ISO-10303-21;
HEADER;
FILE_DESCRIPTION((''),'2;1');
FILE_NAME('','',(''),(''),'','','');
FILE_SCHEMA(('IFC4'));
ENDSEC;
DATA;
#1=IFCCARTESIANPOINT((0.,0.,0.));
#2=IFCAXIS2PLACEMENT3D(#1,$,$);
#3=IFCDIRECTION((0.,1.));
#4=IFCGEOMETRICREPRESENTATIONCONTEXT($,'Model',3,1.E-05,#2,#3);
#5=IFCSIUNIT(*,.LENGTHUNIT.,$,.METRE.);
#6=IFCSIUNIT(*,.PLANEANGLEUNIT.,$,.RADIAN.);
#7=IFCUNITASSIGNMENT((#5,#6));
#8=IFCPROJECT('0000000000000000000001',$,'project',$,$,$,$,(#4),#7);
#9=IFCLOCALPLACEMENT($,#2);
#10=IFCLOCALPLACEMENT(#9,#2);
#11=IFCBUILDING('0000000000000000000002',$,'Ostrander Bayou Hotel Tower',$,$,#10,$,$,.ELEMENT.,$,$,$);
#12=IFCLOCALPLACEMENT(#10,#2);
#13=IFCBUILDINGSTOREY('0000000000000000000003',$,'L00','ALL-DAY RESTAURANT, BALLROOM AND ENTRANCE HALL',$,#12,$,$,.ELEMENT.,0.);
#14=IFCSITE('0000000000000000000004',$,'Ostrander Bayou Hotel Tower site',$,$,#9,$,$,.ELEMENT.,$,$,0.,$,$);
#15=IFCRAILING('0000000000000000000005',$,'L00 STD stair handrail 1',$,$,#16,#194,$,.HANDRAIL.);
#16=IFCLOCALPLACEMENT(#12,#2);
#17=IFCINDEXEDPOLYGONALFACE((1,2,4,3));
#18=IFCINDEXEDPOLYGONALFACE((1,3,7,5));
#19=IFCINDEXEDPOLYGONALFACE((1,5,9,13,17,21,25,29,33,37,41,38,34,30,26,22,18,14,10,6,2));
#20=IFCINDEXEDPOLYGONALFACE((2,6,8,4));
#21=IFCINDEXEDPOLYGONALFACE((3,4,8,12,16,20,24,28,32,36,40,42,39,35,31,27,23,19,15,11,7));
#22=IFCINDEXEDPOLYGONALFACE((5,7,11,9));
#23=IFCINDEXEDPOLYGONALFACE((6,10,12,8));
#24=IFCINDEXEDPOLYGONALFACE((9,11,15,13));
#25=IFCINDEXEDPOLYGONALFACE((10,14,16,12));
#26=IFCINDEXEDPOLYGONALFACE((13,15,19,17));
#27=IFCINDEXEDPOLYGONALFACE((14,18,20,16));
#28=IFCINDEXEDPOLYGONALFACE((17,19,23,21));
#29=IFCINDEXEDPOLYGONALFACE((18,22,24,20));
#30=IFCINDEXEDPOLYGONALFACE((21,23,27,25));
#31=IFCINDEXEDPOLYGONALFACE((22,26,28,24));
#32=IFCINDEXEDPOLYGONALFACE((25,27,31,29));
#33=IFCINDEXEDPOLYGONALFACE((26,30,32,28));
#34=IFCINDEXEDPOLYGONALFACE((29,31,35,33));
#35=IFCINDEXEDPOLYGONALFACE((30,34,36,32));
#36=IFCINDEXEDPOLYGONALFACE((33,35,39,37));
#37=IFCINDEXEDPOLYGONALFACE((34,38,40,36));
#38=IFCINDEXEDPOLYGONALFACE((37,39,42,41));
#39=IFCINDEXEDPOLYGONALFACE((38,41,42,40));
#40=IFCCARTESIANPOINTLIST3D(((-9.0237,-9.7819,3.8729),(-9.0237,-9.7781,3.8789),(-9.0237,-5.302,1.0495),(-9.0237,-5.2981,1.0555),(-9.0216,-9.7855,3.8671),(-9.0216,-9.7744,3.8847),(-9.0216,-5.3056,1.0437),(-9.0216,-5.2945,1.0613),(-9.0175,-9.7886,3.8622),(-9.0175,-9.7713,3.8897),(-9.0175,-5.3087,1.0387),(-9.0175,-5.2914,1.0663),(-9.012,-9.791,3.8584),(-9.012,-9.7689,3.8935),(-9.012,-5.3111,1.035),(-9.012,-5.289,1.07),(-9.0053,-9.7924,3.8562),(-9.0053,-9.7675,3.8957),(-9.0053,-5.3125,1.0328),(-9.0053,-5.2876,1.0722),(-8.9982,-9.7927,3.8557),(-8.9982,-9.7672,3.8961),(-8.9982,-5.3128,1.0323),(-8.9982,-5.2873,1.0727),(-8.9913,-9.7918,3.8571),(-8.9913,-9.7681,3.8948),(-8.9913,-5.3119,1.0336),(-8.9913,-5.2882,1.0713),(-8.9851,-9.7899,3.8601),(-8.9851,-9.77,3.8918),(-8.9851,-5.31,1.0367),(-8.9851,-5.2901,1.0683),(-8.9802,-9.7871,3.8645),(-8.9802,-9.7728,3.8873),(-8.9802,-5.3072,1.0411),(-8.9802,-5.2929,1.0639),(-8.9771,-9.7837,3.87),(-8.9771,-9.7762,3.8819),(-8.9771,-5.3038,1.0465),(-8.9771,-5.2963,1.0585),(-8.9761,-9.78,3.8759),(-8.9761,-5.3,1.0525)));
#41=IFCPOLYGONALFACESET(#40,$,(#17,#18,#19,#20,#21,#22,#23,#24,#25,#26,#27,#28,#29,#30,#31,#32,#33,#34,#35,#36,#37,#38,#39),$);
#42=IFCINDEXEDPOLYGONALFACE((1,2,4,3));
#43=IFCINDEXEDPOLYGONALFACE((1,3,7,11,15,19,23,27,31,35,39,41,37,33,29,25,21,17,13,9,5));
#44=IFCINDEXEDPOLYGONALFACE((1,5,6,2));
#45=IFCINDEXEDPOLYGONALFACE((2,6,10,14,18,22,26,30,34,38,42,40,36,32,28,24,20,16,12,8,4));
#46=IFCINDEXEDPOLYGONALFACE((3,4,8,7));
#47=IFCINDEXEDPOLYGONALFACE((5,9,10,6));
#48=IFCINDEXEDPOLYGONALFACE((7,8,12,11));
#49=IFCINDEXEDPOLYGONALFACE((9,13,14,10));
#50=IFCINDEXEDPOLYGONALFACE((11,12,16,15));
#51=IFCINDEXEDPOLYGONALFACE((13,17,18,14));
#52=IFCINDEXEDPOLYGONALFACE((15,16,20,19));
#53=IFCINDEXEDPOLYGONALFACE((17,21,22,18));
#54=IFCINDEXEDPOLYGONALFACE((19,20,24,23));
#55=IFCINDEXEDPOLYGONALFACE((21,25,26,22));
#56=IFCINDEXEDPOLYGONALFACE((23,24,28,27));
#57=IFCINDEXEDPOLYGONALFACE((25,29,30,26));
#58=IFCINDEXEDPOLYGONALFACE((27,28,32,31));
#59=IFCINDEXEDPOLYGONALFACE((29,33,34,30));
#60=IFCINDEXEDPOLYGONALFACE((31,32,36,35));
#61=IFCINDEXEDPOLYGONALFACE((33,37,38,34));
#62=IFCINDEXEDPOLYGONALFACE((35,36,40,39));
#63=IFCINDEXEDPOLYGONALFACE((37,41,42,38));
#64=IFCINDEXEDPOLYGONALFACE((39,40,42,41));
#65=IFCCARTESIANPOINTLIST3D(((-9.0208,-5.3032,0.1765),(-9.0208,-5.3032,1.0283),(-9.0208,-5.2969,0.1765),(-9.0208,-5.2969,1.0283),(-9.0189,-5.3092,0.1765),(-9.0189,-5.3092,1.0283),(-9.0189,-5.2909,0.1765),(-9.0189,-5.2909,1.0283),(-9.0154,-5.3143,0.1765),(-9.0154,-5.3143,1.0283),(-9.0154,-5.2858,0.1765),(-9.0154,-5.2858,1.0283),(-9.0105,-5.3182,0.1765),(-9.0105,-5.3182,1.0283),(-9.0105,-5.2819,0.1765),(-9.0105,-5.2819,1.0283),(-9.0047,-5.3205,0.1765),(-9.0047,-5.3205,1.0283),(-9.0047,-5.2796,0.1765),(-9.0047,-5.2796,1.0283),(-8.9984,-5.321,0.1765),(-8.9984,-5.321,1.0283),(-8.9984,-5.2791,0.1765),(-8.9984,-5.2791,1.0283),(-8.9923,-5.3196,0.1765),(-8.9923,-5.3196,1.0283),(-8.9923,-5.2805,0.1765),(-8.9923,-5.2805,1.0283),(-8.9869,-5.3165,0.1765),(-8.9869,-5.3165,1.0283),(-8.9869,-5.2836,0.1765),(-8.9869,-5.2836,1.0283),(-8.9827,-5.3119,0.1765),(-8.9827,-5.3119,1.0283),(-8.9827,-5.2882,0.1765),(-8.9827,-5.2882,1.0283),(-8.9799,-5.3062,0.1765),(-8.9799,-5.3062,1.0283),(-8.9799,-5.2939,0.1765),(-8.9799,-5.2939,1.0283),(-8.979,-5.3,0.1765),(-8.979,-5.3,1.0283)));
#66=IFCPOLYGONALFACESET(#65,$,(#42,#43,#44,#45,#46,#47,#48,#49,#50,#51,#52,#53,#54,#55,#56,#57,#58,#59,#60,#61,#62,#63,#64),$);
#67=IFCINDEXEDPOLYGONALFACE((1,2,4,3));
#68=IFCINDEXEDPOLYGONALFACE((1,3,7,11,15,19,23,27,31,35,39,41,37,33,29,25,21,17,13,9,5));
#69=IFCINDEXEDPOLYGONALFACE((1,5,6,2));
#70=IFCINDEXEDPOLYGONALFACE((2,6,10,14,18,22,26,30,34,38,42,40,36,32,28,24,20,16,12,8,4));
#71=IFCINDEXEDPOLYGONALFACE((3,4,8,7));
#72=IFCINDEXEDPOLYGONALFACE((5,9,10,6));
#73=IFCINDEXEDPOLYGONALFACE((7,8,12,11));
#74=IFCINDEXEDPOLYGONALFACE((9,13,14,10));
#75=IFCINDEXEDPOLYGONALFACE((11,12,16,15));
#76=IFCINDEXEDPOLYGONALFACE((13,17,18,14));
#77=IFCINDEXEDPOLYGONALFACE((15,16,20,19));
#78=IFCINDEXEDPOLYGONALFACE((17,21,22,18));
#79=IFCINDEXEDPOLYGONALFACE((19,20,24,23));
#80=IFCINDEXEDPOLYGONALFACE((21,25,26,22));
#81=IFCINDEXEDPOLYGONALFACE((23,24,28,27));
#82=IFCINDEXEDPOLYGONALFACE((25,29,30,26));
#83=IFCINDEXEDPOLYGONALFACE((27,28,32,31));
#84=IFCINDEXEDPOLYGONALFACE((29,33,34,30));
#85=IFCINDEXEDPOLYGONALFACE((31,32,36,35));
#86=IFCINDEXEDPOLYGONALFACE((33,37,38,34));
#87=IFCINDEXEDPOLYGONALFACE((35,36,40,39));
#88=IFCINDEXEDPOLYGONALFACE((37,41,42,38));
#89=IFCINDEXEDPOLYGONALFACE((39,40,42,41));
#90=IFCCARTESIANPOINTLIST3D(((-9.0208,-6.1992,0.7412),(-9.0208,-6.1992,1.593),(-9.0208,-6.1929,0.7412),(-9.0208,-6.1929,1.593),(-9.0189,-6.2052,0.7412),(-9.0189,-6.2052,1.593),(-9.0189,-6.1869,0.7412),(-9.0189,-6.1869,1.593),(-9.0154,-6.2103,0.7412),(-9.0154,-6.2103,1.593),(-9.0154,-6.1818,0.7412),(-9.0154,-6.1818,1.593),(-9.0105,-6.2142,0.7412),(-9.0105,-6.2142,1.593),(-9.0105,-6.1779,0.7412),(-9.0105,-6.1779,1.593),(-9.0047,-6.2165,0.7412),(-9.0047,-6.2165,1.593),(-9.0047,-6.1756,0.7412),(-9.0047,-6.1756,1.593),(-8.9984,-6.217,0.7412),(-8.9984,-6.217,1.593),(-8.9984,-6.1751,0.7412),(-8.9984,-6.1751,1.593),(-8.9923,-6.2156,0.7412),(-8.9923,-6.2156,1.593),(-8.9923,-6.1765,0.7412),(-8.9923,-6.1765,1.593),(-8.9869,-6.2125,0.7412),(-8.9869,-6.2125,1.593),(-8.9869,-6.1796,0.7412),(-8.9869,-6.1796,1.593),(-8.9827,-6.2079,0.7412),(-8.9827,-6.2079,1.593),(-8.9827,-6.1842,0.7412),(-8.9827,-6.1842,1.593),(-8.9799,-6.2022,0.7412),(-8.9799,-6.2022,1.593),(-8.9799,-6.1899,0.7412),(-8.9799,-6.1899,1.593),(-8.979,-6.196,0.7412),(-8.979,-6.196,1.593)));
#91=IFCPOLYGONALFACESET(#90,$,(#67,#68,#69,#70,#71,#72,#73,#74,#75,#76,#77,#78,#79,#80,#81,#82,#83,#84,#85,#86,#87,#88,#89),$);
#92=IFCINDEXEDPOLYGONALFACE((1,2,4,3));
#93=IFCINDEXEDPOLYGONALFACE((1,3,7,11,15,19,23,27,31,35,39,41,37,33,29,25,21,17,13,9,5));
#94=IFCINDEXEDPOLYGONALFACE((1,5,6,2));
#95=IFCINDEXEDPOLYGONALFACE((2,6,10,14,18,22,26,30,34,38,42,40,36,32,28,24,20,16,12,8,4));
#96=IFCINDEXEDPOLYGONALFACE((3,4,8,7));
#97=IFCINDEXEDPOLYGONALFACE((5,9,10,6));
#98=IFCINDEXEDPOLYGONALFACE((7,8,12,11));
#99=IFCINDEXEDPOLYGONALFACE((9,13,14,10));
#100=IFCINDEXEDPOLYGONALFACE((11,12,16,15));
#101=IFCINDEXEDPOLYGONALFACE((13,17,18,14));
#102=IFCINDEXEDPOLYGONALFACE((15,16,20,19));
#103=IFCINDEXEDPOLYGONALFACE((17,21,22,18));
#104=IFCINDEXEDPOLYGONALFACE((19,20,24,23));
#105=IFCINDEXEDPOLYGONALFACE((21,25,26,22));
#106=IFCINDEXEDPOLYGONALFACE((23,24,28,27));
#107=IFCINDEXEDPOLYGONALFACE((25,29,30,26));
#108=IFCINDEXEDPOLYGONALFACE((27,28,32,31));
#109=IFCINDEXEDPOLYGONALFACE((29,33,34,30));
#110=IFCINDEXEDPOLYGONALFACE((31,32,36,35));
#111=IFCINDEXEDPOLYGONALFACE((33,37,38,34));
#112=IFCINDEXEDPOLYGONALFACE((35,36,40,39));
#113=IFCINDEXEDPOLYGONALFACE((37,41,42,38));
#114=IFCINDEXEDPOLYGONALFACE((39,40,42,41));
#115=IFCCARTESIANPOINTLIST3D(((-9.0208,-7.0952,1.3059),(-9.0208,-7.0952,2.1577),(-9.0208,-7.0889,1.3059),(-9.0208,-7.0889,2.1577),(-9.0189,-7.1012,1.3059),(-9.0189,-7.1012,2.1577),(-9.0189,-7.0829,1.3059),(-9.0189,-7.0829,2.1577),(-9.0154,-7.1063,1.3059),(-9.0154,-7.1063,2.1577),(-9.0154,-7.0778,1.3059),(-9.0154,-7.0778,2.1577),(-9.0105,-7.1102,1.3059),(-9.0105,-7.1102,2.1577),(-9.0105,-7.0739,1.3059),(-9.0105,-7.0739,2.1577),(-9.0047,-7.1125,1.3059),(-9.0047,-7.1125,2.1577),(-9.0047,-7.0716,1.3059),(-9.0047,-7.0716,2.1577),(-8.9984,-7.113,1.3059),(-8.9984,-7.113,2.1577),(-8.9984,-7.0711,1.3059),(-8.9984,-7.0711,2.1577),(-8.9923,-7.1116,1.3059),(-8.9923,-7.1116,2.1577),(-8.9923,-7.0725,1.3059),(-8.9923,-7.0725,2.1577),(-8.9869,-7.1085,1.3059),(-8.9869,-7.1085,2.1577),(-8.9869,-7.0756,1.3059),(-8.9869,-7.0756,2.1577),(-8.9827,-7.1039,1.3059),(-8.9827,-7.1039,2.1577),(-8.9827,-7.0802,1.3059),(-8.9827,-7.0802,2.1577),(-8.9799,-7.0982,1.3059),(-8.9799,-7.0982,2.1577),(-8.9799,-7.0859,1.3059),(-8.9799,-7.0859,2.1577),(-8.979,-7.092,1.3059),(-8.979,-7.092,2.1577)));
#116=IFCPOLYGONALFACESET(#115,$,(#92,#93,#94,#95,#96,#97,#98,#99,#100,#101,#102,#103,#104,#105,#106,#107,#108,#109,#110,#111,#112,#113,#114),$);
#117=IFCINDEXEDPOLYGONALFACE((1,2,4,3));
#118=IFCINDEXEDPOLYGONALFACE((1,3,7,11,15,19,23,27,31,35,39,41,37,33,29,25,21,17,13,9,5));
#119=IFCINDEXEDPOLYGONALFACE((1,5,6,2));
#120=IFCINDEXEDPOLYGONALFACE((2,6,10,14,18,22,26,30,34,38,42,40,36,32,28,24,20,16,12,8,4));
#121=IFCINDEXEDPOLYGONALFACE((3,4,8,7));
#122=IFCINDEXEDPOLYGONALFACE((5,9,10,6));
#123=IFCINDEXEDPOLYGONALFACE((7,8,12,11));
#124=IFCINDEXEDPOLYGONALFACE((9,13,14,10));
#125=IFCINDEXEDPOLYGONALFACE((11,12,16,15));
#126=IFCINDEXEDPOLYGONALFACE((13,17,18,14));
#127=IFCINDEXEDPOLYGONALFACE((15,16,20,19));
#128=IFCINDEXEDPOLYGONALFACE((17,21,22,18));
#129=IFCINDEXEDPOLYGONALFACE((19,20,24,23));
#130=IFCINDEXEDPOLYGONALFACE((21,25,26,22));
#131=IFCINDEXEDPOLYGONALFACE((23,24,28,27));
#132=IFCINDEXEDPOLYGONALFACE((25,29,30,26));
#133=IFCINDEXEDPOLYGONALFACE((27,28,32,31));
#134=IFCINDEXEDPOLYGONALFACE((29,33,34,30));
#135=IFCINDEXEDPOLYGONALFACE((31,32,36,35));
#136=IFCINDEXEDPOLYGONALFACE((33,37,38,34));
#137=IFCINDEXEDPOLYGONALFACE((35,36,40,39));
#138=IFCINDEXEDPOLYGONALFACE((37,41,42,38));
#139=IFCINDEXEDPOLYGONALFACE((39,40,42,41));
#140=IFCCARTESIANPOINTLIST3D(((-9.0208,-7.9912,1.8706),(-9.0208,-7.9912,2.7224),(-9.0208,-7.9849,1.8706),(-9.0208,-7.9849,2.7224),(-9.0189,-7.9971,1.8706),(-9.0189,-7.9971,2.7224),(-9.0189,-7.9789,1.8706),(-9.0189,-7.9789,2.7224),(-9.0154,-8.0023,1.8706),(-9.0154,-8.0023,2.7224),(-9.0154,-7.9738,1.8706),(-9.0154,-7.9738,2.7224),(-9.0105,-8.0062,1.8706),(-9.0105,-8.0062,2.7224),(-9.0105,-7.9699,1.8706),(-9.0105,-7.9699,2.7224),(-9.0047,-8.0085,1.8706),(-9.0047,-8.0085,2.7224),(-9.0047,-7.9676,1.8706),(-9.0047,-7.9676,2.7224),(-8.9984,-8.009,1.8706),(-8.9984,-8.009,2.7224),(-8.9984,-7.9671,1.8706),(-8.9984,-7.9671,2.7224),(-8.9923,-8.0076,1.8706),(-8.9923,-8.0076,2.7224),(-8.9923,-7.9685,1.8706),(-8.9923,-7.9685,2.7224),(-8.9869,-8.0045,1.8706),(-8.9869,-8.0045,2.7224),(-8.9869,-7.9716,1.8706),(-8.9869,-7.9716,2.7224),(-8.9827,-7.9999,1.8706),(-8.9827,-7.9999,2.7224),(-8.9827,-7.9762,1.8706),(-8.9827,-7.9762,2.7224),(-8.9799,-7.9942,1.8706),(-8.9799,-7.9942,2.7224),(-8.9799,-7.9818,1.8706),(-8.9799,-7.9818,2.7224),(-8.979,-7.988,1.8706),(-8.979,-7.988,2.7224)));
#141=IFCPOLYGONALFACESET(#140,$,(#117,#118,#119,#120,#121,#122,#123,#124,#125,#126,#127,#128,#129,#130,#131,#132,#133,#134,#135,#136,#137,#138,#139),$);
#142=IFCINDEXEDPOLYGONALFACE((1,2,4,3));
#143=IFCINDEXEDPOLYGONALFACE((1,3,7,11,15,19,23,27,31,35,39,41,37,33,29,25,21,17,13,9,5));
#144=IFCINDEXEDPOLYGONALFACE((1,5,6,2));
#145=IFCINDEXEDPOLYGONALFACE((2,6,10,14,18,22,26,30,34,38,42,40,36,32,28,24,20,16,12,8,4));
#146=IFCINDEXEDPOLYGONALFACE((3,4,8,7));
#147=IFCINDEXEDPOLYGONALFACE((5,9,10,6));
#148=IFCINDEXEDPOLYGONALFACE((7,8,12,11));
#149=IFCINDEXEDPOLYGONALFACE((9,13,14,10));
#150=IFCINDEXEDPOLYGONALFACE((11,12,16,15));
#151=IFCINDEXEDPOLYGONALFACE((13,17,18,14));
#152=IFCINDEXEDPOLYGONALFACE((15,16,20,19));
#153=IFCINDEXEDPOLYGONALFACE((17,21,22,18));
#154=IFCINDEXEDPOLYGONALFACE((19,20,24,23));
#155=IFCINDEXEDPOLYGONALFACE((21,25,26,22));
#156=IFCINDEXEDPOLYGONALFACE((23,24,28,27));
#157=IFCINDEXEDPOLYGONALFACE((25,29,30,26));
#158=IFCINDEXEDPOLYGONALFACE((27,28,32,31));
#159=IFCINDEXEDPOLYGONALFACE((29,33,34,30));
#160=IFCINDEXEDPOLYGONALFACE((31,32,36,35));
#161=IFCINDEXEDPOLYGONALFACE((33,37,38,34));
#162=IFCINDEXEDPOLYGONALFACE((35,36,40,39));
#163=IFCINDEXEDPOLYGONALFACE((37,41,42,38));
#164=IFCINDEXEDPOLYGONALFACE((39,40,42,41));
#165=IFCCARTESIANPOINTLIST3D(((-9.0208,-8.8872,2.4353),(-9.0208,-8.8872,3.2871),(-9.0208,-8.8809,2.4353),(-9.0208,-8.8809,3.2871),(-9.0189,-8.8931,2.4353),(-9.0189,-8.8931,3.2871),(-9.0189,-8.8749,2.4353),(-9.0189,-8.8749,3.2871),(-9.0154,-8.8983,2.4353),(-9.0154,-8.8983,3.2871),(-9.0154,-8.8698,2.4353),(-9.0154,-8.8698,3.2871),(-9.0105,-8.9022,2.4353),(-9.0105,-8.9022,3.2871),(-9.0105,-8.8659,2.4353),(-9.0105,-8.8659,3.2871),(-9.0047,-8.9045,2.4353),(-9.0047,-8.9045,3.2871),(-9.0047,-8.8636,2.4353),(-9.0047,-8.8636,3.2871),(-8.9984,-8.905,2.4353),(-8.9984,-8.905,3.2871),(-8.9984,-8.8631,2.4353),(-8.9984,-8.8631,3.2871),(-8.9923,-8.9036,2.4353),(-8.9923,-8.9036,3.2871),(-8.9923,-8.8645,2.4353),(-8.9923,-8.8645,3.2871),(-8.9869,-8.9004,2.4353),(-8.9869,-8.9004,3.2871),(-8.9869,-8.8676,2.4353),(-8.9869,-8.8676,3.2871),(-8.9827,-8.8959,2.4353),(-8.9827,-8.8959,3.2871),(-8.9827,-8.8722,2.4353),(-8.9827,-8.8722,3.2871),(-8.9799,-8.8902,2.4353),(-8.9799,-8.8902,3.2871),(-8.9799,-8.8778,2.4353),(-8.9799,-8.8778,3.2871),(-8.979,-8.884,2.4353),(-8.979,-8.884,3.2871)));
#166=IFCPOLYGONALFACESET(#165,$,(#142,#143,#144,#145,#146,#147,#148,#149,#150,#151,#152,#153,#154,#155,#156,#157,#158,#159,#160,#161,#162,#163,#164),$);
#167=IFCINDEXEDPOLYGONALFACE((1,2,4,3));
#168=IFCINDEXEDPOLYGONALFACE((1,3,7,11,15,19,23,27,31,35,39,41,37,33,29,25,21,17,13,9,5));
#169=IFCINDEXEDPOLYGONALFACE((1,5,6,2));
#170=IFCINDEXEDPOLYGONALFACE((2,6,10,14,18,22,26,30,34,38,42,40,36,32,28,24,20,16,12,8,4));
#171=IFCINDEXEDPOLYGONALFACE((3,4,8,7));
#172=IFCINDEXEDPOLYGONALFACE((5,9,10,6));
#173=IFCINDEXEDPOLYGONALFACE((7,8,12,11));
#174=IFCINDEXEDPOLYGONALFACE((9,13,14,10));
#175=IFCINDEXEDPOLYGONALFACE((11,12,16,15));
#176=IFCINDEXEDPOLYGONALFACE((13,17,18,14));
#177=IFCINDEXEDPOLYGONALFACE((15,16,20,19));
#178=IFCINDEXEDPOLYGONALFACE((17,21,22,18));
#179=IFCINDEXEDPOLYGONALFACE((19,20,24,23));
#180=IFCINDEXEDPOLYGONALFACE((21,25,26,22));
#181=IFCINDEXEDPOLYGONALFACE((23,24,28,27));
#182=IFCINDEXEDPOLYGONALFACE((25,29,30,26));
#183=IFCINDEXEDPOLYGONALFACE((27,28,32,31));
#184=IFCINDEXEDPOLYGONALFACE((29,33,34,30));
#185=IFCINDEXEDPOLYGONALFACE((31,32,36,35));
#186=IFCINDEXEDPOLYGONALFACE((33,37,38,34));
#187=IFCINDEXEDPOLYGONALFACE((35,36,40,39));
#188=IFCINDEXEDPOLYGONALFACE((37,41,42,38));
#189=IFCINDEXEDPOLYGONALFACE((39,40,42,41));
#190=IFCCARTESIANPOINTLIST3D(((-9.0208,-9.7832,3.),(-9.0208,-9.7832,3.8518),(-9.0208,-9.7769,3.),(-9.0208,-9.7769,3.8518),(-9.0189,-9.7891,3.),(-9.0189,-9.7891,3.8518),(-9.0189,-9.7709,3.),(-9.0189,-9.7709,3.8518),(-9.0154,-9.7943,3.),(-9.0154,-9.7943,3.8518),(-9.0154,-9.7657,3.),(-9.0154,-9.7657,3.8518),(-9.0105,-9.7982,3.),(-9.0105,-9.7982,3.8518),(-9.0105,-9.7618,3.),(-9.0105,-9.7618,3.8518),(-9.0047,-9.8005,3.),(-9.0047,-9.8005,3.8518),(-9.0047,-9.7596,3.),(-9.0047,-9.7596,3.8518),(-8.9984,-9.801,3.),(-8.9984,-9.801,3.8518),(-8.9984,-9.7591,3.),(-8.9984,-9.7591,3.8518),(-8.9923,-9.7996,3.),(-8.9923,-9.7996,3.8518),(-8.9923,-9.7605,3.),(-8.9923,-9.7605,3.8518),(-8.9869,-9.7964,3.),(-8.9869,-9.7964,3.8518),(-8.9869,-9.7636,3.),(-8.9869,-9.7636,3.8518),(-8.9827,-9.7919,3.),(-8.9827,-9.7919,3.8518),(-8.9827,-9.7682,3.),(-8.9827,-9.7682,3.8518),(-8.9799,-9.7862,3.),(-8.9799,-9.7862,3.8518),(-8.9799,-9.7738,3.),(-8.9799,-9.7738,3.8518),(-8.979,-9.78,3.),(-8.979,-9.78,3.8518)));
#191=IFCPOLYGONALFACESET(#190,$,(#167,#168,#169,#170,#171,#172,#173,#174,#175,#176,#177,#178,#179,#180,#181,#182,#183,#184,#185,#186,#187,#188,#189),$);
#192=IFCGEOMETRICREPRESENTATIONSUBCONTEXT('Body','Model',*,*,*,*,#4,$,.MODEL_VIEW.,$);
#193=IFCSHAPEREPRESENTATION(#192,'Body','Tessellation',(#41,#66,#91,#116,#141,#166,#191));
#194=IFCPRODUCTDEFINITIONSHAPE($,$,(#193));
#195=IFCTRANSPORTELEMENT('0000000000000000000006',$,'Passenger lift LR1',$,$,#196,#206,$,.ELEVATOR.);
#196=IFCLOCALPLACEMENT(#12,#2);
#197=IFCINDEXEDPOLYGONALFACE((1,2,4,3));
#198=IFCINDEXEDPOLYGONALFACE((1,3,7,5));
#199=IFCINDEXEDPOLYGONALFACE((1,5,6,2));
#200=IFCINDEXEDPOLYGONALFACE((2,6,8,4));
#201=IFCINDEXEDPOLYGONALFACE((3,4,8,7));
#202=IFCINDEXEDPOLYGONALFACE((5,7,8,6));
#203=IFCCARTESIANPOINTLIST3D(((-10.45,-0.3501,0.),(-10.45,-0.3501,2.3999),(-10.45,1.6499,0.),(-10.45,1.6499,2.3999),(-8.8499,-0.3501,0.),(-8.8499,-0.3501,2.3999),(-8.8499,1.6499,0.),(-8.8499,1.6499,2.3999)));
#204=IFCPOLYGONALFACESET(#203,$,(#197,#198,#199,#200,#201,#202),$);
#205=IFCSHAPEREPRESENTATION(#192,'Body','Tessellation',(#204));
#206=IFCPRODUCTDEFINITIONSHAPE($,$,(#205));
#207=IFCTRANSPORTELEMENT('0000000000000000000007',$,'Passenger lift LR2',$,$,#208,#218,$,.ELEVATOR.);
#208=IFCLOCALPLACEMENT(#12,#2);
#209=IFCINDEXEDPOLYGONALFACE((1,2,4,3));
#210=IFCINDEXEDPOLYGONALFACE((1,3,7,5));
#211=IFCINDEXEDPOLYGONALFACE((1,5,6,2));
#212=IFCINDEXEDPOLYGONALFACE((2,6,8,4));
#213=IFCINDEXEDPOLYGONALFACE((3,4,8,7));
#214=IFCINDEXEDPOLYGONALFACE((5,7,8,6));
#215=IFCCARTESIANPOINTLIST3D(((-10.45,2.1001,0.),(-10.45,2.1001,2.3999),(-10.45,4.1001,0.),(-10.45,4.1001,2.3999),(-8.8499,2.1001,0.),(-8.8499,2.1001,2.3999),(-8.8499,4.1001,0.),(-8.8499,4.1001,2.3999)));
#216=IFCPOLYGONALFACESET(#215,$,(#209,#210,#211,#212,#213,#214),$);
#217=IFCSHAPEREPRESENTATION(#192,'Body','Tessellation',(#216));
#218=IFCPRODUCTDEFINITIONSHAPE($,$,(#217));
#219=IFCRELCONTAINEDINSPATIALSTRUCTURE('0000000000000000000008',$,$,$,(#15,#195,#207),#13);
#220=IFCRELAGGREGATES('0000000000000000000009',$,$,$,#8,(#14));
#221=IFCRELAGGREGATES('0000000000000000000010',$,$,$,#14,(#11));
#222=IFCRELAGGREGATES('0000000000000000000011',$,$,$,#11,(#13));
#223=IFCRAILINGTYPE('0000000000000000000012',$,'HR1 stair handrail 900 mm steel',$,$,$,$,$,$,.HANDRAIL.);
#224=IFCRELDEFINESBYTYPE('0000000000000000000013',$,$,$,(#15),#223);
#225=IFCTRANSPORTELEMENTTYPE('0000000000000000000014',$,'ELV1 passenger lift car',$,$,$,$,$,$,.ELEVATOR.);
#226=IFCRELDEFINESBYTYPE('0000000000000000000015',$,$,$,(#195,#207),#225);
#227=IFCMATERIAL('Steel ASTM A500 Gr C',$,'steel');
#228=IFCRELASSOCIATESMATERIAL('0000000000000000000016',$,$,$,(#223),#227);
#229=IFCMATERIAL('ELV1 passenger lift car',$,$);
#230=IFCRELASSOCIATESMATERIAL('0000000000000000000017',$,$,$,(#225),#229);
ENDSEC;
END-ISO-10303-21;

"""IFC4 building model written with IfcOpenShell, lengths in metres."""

from ifc_helpers import new_model, si_unit, direction, frame, origin, origin_2d, place, context, subcontext, project, spatial, rectangle, circle, extrude, material, type_object, element, save


model = new_model("IFC4")

# Units and contexts
model_context = context("Model", 3, precision=1e-05, world=origin(), true_north=direction((0.0, 1.0)))
body_context = subcontext(model_context, "Body", "Model", "MODEL_VIEW")
ifc_project = project(units=[si_unit("LENGTHUNIT", "METRE"), si_unit("PLANEANGLEUNIT", "RADIAN")], contexts=[model_context])

# Site, building, storey
site_placement = place(None, origin())
site = spatial("IfcSite", under=ifc_project, at=site_placement, Name="Ostrander Bayou Hotel Tower site", CompositionType="ELEMENT", RefElevation=0.0)
building_placement = place(site_placement, origin())
building = spatial("IfcBuilding", under=site, at=building_placement, Name="Ostrander Bayou Hotel Tower", CompositionType="ELEMENT")
storey_placement = place(building_placement, origin())
storey = spatial("IfcBuildingStorey", under=building, at=storey_placement, Name="L00", Description="ALL-DAY RESTAURANT, BALLROOM AND ENTRANCE HALL", CompositionType="ELEMENT", Elevation=0.0)

# Railing
ifc_material_1 = material(Name="Steel ASTM A500 Gr C", Category="steel")
railing_type = type_object("IfcRailingType", Name="HR1 stair handrail 900 mm steel", PredefinedType="HANDRAIL", material=ifc_material_1)
railing_placement = place(storey_placement, frame((-9.0, -5.3, 0.1765)))
element("IfcRailing", 1, at=railing_placement, inside=storey, type_object=railing_type, Name="L00 STD stair handrail 1", PredefinedType="HANDRAIL", context=body_context, shape_type="SweptSolid", body=[
    extrude(circle(Radius=0.0239, at=origin_2d()), frame((0.0, 0.0, 0.876), z_axis=(0.0, -0.845998, 0.533186), x_axis=(1.0, 0.0, 0.0)), (0.0, 0.0, 1.0), 5.2954),
    extrude(circle(Radius=0.021, at=origin_2d()), origin(), (0.0, 0.0, 1.0), 0.8518),
    extrude(circle(Radius=0.021, at=origin_2d()), frame((0.0, -0.896, 0.5647)), (0.0, 0.0, 1.0), 0.8518),
    extrude(circle(Radius=0.021, at=origin_2d()), frame((0.0, -1.792, 1.1294)), (0.0, 0.0, 1.0), 0.8518),
    extrude(circle(Radius=0.021, at=origin_2d()), frame((0.0, -2.688, 1.6941)), (0.0, 0.0, 1.0), 0.8518),
    extrude(circle(Radius=0.021, at=origin_2d()), frame((0.0, -3.584, 2.2588)), (0.0, 0.0, 1.0), 0.8518),
    extrude(circle(Radius=0.021, at=origin_2d()), frame((0.0, -4.48, 2.8235)), (0.0, 0.0, 1.0), 0.8518),
])

# Transport elements
ifc_material_2 = material(Name="ELV1 passenger lift car")
transport_element_type = type_object("IfcTransportElementType", Name="ELV1 passenger lift car", PredefinedType="ELEVATOR", material=ifc_material_2)
for number, where, z_axis, x_axis, name in (
    (2, (-9.6499, 0.6499, 0.0), (0.0, 0.0, 1.0), (1.0, 0.0, 0.0), "Passenger lift LR1"),
    (3, (-9.6499, 3.1001, 0.0), (0.0, 0.0, 1.0), (1.0, 0.0, 0.0), "Passenger lift LR2"),
):
    element("IfcTransportElement", number, at=place(storey_placement, frame(where, z_axis=z_axis, x_axis=x_axis)), inside=storey, type_object=transport_element_type, Name=name, PredefinedType="ELEVATOR", context=body_context, shape_type="SweptSolid", body=[
        extrude(rectangle(XDim=1.6001, YDim=2.0, at=origin_2d()), origin(), (0.0, 0.0, 1.0), 2.3999),
    ])

save(model, "model.ifc")
